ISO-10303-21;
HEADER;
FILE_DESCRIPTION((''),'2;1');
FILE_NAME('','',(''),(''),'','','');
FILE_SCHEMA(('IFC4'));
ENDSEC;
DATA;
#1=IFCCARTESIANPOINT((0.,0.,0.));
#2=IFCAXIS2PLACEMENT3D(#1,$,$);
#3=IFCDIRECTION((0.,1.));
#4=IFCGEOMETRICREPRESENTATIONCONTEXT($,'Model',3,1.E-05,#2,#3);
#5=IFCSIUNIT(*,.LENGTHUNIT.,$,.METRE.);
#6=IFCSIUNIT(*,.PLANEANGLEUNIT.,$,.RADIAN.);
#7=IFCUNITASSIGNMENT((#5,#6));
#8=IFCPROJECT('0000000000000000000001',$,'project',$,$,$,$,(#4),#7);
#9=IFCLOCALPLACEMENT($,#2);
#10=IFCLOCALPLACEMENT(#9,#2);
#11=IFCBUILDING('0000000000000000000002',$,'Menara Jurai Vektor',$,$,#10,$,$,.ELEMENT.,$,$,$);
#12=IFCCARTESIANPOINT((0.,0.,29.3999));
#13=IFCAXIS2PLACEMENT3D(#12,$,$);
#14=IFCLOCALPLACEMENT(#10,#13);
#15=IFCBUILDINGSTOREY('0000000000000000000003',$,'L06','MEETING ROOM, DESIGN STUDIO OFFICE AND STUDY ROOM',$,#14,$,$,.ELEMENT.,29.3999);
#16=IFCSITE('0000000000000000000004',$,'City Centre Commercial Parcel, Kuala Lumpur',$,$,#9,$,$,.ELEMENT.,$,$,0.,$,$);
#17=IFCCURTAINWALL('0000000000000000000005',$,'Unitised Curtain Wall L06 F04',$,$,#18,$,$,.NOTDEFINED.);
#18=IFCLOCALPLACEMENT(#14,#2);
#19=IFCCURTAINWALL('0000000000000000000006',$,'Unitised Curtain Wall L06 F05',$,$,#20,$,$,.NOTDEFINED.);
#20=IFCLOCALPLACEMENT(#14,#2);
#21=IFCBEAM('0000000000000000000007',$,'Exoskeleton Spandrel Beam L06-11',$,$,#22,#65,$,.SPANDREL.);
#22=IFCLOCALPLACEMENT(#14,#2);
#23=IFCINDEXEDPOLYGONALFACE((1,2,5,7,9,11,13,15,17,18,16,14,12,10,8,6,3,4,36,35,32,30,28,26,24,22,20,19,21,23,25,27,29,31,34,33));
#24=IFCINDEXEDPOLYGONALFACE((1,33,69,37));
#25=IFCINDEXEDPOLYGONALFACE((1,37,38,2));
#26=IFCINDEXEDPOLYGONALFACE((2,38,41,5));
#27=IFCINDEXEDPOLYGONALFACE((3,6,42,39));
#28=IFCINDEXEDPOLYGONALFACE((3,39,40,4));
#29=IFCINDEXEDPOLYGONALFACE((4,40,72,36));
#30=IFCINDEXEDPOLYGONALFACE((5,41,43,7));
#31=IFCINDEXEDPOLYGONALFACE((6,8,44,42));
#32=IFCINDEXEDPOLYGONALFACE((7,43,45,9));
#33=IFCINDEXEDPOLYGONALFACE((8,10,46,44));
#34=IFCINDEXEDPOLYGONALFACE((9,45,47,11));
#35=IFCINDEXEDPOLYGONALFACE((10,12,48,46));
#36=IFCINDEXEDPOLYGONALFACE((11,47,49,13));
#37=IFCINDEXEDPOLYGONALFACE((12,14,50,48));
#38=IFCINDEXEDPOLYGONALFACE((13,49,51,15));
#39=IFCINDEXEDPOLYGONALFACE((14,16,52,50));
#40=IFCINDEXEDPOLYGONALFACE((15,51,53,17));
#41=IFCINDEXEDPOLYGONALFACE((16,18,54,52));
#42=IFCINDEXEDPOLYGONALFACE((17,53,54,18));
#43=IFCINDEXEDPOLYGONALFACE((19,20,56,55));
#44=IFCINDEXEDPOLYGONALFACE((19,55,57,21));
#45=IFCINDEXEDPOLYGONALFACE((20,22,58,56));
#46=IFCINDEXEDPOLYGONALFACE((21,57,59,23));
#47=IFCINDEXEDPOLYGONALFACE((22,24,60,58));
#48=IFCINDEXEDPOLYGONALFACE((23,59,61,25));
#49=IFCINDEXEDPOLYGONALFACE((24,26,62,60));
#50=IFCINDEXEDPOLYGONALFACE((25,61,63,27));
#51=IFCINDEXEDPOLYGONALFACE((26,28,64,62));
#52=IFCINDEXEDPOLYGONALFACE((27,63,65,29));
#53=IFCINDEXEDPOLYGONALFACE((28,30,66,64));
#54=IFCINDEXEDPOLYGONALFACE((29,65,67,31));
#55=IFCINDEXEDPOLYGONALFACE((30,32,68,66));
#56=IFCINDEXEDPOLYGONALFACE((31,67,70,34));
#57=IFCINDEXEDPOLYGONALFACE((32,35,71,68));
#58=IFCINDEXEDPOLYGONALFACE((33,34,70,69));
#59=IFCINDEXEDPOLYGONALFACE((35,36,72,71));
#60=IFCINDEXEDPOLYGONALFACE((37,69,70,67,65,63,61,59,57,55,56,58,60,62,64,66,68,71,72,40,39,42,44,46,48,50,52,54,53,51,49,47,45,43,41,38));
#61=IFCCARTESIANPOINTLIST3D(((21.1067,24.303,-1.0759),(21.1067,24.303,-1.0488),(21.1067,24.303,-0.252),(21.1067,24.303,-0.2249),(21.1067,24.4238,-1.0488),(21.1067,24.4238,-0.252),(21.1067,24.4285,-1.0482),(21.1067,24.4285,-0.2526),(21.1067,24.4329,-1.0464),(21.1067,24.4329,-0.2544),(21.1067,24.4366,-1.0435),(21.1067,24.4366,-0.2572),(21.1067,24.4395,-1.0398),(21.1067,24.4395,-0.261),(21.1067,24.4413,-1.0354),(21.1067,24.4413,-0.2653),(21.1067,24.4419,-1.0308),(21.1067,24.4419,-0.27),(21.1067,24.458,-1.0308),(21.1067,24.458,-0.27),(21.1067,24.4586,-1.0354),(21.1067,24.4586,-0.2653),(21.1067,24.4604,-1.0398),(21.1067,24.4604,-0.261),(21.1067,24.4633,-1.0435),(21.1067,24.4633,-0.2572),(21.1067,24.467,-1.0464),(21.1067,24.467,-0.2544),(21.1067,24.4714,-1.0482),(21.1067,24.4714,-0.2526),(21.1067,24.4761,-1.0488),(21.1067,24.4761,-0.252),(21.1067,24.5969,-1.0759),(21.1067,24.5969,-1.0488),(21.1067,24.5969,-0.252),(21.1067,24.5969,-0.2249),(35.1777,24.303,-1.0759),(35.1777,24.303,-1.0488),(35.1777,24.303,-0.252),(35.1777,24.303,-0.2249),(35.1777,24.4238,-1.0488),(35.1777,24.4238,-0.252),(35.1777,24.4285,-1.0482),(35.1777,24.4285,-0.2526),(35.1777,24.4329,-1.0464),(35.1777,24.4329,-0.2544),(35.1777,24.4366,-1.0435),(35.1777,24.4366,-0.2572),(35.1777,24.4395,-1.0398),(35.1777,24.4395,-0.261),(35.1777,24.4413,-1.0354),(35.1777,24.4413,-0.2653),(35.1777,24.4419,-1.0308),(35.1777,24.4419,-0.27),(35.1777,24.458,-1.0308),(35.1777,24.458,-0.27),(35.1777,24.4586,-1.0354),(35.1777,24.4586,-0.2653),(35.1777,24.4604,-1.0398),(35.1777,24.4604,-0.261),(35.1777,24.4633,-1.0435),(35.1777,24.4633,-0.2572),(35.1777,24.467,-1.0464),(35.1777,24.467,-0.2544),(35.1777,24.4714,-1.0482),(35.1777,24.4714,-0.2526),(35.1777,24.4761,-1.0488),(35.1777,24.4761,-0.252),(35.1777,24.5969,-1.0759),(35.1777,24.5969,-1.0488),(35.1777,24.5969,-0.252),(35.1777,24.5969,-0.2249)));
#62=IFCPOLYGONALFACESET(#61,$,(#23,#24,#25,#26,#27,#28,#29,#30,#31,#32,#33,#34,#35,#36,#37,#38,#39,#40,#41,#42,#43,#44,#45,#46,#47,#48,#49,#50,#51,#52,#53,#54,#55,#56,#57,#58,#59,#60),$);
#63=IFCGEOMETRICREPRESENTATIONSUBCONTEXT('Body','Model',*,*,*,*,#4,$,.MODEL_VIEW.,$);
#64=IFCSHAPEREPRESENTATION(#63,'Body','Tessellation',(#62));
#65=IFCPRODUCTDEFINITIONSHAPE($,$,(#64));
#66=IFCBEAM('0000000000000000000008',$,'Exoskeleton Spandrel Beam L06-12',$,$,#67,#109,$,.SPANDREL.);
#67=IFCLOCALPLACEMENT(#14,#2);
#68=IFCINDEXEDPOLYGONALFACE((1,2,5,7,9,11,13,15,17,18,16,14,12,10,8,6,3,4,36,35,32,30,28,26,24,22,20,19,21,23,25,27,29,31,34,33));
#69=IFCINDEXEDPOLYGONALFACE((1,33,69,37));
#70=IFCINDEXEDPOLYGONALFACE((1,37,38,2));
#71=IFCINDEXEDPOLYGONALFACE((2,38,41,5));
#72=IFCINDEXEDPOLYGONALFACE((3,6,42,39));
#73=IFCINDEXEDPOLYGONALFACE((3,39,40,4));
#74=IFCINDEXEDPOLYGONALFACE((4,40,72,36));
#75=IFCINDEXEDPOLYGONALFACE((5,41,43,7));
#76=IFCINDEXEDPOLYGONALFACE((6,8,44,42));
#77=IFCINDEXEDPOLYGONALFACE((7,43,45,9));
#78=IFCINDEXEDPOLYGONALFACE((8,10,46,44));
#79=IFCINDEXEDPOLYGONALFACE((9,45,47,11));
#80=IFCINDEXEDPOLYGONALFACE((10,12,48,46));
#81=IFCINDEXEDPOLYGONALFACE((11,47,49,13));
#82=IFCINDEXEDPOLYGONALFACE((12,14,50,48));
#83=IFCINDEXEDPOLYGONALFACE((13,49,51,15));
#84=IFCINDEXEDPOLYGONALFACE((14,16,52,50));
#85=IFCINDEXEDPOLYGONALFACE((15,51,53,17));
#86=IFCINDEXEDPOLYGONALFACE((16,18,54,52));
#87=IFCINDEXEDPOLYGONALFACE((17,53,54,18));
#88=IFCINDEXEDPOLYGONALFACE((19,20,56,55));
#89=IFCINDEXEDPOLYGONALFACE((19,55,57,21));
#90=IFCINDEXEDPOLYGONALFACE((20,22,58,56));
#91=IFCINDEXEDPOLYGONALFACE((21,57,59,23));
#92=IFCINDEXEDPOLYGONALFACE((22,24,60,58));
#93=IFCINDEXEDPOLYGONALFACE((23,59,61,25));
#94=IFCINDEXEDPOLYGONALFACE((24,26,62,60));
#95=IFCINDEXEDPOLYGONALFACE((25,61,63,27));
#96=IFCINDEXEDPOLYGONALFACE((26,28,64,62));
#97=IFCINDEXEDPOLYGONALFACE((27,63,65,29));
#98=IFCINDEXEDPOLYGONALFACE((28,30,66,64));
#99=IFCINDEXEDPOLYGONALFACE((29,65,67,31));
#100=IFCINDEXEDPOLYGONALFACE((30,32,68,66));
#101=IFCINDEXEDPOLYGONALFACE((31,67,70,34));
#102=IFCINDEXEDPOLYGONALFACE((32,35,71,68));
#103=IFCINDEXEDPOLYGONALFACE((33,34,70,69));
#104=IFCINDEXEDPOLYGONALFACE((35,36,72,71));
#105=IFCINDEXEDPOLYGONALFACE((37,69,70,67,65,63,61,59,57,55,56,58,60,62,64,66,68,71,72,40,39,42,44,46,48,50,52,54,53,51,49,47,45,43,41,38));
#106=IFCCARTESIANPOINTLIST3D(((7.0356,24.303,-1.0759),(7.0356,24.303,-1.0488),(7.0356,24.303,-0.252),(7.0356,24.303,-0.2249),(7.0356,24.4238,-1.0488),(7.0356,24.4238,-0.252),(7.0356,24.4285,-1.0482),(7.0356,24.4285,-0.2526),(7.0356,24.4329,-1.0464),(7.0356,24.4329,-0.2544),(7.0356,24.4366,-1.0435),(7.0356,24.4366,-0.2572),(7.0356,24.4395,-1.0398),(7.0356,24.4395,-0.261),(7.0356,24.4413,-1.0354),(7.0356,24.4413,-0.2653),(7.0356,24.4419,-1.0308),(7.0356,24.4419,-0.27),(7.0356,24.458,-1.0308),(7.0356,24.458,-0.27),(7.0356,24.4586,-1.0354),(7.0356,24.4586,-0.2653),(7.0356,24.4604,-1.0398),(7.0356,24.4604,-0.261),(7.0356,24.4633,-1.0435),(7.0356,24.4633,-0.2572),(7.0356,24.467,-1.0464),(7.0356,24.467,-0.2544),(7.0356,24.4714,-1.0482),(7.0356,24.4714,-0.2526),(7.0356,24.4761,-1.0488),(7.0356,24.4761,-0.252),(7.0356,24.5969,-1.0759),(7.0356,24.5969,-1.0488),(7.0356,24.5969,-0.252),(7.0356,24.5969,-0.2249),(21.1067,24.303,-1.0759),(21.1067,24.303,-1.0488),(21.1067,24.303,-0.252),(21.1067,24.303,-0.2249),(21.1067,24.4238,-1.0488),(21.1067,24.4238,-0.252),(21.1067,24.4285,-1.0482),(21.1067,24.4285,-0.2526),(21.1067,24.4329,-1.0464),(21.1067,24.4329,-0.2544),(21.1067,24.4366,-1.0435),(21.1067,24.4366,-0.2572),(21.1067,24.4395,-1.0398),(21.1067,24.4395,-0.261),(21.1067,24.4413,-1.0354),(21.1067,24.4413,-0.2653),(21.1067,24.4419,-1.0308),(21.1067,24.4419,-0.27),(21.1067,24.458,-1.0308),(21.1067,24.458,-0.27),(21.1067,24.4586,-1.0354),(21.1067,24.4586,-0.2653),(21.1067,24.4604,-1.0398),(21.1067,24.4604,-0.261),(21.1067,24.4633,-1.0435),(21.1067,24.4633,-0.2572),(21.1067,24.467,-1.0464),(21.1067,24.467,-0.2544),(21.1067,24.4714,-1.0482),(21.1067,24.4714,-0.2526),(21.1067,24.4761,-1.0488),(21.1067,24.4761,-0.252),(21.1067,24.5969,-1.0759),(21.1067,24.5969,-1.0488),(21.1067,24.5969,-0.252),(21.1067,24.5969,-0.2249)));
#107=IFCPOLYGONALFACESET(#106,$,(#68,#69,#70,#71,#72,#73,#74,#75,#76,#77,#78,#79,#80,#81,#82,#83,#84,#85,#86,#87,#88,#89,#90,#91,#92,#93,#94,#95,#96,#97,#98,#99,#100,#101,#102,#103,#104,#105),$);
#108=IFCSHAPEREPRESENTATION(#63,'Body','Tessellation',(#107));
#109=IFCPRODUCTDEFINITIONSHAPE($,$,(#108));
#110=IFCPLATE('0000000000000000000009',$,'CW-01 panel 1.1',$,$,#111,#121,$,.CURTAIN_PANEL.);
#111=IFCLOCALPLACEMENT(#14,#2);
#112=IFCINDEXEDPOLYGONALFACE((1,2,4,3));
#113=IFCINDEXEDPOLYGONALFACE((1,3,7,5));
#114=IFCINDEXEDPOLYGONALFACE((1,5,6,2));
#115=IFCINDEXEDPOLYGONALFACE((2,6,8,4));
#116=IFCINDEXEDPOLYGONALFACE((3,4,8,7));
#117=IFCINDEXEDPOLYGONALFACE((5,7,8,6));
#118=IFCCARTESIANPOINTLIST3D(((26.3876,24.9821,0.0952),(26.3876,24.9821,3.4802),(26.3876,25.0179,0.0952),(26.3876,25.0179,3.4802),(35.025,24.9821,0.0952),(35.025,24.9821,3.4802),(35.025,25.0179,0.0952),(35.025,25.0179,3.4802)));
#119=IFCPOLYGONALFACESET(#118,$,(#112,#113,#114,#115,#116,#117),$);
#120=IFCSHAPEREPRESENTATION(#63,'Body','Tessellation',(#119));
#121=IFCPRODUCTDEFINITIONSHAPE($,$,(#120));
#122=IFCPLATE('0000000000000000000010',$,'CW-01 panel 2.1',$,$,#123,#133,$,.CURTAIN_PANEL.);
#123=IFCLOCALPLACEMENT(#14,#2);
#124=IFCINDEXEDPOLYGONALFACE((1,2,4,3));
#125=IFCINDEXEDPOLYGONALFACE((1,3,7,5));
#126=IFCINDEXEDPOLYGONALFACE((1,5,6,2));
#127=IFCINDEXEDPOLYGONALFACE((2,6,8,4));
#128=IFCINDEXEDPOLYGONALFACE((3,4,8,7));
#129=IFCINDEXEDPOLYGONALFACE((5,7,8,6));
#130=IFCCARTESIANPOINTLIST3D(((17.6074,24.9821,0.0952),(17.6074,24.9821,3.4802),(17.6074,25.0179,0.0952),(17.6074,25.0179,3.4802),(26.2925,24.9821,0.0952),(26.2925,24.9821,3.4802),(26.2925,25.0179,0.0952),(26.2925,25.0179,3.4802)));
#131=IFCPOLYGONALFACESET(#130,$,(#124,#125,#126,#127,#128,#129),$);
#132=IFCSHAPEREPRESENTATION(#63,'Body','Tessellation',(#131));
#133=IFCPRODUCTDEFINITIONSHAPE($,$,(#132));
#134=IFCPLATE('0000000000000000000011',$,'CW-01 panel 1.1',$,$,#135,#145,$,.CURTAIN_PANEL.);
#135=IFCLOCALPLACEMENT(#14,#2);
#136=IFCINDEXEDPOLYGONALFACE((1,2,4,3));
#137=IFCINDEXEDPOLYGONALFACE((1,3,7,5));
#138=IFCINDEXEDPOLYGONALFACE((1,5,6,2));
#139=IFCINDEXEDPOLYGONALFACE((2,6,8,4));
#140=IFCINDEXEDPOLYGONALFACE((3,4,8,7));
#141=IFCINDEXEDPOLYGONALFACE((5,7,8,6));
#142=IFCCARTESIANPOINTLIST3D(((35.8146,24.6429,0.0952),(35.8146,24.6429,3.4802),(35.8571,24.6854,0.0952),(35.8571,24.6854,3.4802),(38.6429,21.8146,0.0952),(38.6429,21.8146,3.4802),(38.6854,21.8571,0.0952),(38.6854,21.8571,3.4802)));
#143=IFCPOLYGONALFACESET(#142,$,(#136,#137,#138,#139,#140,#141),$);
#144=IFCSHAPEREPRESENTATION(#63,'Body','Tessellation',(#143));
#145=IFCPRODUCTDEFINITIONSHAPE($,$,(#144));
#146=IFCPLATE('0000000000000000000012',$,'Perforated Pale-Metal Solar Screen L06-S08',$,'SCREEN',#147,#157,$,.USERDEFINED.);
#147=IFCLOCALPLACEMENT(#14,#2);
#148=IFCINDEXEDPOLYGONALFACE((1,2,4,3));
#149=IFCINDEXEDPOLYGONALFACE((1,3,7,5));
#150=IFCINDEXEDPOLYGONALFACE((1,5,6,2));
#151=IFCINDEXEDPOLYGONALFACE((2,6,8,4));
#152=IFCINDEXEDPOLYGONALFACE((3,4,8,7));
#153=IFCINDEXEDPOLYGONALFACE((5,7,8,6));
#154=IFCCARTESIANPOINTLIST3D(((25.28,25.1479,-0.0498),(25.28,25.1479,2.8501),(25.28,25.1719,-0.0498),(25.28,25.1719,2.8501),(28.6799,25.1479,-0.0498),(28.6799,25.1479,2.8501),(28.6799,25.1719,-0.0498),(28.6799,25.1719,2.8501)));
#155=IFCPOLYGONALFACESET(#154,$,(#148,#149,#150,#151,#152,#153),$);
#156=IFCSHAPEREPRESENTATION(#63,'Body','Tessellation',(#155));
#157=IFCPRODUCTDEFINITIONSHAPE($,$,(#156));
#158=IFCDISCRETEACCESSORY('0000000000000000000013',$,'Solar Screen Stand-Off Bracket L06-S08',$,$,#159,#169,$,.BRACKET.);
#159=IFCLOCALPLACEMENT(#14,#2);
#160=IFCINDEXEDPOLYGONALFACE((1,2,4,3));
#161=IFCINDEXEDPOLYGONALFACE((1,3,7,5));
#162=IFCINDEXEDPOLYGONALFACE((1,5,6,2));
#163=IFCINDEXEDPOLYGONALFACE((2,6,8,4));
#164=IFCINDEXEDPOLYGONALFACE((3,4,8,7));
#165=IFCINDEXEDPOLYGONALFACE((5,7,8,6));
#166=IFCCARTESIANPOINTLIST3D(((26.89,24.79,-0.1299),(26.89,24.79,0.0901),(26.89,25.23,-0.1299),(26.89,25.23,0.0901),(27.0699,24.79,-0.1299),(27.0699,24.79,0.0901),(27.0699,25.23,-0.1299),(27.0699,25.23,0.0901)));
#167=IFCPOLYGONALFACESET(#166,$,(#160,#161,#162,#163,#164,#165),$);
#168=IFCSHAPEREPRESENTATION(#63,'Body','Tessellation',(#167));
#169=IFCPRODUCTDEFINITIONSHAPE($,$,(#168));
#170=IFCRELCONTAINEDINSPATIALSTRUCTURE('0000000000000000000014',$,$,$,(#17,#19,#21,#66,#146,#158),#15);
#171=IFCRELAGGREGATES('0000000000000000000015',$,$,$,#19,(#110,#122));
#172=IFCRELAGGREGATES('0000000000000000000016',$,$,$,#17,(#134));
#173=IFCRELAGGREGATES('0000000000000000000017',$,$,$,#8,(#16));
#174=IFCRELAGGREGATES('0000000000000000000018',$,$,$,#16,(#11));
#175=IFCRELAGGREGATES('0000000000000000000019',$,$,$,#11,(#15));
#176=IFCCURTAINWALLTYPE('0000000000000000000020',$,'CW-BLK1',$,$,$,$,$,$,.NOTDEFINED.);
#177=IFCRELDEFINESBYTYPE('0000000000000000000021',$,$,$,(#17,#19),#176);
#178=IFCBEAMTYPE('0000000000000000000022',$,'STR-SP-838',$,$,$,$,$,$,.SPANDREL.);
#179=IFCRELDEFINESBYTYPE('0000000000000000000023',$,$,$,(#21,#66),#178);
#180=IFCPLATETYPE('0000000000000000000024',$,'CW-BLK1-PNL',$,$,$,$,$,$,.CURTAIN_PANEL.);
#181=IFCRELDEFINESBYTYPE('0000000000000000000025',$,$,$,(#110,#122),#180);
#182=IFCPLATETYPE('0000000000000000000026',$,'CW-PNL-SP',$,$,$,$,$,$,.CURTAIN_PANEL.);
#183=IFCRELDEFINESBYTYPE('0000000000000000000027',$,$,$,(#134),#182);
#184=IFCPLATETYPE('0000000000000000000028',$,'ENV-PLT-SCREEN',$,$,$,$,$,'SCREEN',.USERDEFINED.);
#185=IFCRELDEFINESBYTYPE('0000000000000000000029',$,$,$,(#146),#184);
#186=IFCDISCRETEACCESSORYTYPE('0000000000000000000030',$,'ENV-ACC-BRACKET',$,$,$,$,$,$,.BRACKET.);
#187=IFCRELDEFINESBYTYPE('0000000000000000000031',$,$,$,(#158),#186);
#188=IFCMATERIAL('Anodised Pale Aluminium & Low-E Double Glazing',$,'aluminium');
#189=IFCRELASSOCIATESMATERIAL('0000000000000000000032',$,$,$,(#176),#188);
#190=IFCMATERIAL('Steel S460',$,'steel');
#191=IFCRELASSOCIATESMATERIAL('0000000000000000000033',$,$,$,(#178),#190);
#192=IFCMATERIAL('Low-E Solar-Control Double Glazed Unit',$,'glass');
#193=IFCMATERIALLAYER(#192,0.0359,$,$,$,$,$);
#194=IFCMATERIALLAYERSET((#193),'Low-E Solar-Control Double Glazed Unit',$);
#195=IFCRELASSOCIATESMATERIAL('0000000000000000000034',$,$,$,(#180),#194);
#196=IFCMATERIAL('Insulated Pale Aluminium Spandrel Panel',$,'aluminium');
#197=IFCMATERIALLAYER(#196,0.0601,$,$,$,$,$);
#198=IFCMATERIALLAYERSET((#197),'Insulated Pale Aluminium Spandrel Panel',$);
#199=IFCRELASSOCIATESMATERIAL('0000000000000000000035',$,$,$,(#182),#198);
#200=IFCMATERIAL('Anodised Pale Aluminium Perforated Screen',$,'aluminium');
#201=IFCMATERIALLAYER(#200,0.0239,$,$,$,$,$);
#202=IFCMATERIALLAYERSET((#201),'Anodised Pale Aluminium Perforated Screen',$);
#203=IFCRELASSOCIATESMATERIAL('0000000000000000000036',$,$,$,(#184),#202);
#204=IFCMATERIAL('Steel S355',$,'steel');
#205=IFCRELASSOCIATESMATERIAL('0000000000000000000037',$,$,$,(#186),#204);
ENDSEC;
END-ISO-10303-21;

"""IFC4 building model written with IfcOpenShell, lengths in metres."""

from ifc_helpers import new_model, si_unit, direction, frame, origin, origin_2d, place, context, subcontext, project, spatial, rectangle, i_section, extrude, material, layer, layer_set, material_profile, profile_set, type_object, element, aggregate, save


model = new_model("IFC4")

# Units and contexts
model_context = context("Model", 3, precision=1e-05, world=origin(), true_north=direction((0.0, 1.0)))
body_context = subcontext(model_context, "Body", "Model", "MODEL_VIEW")
ifc_project = project(units=[si_unit("LENGTHUNIT", "METRE"), si_unit("PLANEANGLEUNIT", "RADIAN")], contexts=[model_context])

# Site, building, storey
site_placement = place(None, origin())
site = spatial("IfcSite", under=ifc_project, at=site_placement, Name="City Centre Commercial Parcel, Kuala Lumpur", CompositionType="ELEMENT", RefElevation=0.0)
building_placement = place(site_placement, origin())
building = spatial("IfcBuilding", under=site, at=building_placement, Name="Menara Jurai Vektor", CompositionType="ELEMENT")
storey_placement = place(building_placement, frame((0.0, 0.0, 29.3999)))
storey = spatial("IfcBuildingStorey", under=building, at=storey_placement, Name="L06", Description="MEETING ROOM, DESIGN STUDIO OFFICE AND STUDY ROOM", CompositionType="ELEMENT", Elevation=29.3999)

# Shared definitions
ifc_material_1 = material(Name="Steel S460", Category="steel")

# Curtain walls
ifc_material_2 = material(Name="Anodised Pale Aluminium & Low-E Double Glazing", Category="aluminium")
curtain_wall_type = type_object("IfcCurtainWallType", Name="CW-BLK1", PredefinedType="NOTDEFINED", material=ifc_material_2)
curtain_wall_1_placement = place(storey_placement, origin())
curtain_wall_1 = element("IfcCurtainWall", 1, at=curtain_wall_1_placement, inside=storey, type_object=curtain_wall_type, Name="Unitised Curtain Wall L06 F04", PredefinedType="NOTDEFINED")
curtain_wall_2_placement = place(storey_placement, origin())
curtain_wall_2 = element("IfcCurtainWall", 2, at=curtain_wall_2_placement, inside=storey, type_object=curtain_wall_type, Name="Unitised Curtain Wall L06 F05", PredefinedType="NOTDEFINED")

# Beams
ifc_material_3 = material(Name="Steel S355", Category="steel")
ifc_material_profile_1 = material_profile(ifc_material_1, i_section(OverallWidth=0.2939, OverallDepth=0.8511, WebThickness=0.0161, FlangeThickness=0.0271, FilletRadius=0.0181, at=origin_2d()), Name="UKB 838x292x226")
ifc_profile_set_1 = profile_set([ifc_material_profile_1], Name="Steel S460")
beam_type_1 = type_object("IfcBeamType", Name="STR-SP-838", PredefinedType="SPANDREL", material=ifc_profile_set_1)
for number, where, z_axis, x_axis, name in (
    (3, (35.1777, 24.45, -0.6504), (-1.0, 0.0, 0.0), (0.0, -1.0, 0.0), "Exoskeleton Spandrel Beam L06-11"),
    (4, (21.1067, 24.45, -0.6504), (-1.0, 0.0, 0.0), (0.0, -1.0, 0.0), "Exoskeleton Spandrel Beam L06-12"),
):
    element("IfcBeam", number, at=place(storey_placement, frame(where, z_axis=z_axis, x_axis=x_axis)), inside=storey, type_object=beam_type_1, Name=name, PredefinedType="SPANDREL", context=body_context, shape_type="SweptSolid", body=[
        extrude(i_section(OverallWidth=0.2939, OverallDepth=0.8511, WebThickness=0.0161, FlangeThickness=0.0271, FilletRadius=0.0181, at=origin_2d()), origin(), (0.0, 0.0, 1.0), 14.071),
    ])

# Plates
ifc_material_4 = material(Name="Low-E Solar-Control Double Glazed Unit", Category="glass")
ifc_layer_1 = layer(ifc_material_4, 0.0359)
ifc_layer_set_1 = layer_set([ifc_layer_1], Name="Low-E Solar-Control Double Glazed Unit")
plate_type_1 = type_object("IfcPlateType", Name="CW-BLK1-PNL", PredefinedType="CURTAIN_PANEL", material=ifc_layer_set_1)
plate_1_placement = place(storey_placement, frame((30.7063, 25.0, 0.0952), z_axis=(0.0, 0.0, 1.0), x_axis=(-1.0, 0.0, 0.0)))
plate_1 = element("IfcPlate", 5, at=plate_1_placement, type_object=plate_type_1, Name="CW-01 panel 1.1", PredefinedType="CURTAIN_PANEL", context=body_context, shape_type="SweptSolid", body=[
    extrude(rectangle(XDim=8.6375, YDim=0.0359, at=origin_2d()), origin(), (0.0, 0.0, 1.0), 3.385),
])
plate_2_placement = place(storey_placement, frame((21.95, 25.0, 0.0952), z_axis=(0.0, 0.0, 1.0), x_axis=(-1.0, 0.0, 0.0)))
plate_2 = element("IfcPlate", 6, at=plate_2_placement, type_object=plate_type_1, Name="CW-01 panel 2.1", PredefinedType="CURTAIN_PANEL", context=body_context, shape_type="SweptSolid", body=[
    extrude(rectangle(XDim=8.6851, YDim=0.0359, at=origin_2d()), origin(), (0.0, 0.0, 1.0), 3.385),
])
aggregate(curtain_wall_2, [plate_1, plate_2])
ifc_material_5 = material(Name="Insulated Pale Aluminium Spandrel Panel", Category="aluminium")
ifc_layer_2 = layer(ifc_material_5, 0.0601)
ifc_layer_set_2 = layer_set([ifc_layer_2], Name="Insulated Pale Aluminium Spandrel Panel")
plate_type_2 = type_object("IfcPlateType", Name="CW-PNL-SP", PredefinedType="CURTAIN_PANEL", material=ifc_layer_set_2)
plate_3_placement = place(storey_placement, frame((37.25, 23.25, 0.0952), z_axis=(0.0, 0.0, 1.0), x_axis=(-0.707107, 0.707107, 0.0)))
plate_3 = element("IfcPlate", 7, at=plate_3_placement, type_object=plate_type_2, Name="CW-01 panel 1.1", PredefinedType="CURTAIN_PANEL", context=body_context, shape_type="SweptSolid", body=[
    extrude(rectangle(XDim=3.9998, YDim=0.0601, at=origin_2d()), origin(), (0.0, 0.0, 1.0), 3.385),
])
aggregate(curtain_wall_1, [plate_3])
ifc_material_6 = material(Name="Anodised Pale Aluminium Perforated Screen", Category="aluminium")
ifc_layer_3 = layer(ifc_material_6, 0.0239)
ifc_layer_set_3 = layer_set([ifc_layer_3], Name="Anodised Pale Aluminium Perforated Screen")
plate_type_3 = type_object("IfcPlateType", Name="ENV-PLT-SCREEN", ElementType="SCREEN", PredefinedType="USERDEFINED", material=ifc_layer_set_3)
plate_4_placement = place(storey_placement, frame((26.98, 25.1599, -0.0498), z_axis=(0.0, 0.0, 1.0), x_axis=(-1.0, 0.0, 0.0)))
element("IfcPlate", 8, at=plate_4_placement, inside=storey, type_object=plate_type_3, Name="Perforated Pale-Metal Solar Screen L06-S08", ObjectType="SCREEN", PredefinedType="USERDEFINED", context=body_context, shape_type="SweptSolid", body=[
    extrude(rectangle(XDim=3.3999, YDim=0.0239, at=origin_2d()), origin(), (0.0, 0.0, 1.0), 2.8999),
])

# Discrete accessory
discrete_accessory_type = type_object("IfcDiscreteAccessoryType", Name="ENV-ACC-BRACKET", PredefinedType="BRACKET", material=ifc_material_3)
discrete_accessory_placement = place(storey_placement, frame((26.98, 25.01, -0.1299), z_axis=(0.0, 0.0, 1.0), x_axis=(-1.0, 0.0, 0.0)))
element("IfcDiscreteAccessory", 9, at=discrete_accessory_placement, inside=storey, type_object=discrete_accessory_type, Name="Solar Screen Stand-Off Bracket L06-S08", PredefinedType="BRACKET", context=body_context, shape_type="SweptSolid", body=[
    extrude(rectangle(XDim=0.1799, YDim=0.4399, at=origin_2d()), origin(), (0.0, 0.0, 1.0), 0.22),
])

save(model, "model.ifc")
